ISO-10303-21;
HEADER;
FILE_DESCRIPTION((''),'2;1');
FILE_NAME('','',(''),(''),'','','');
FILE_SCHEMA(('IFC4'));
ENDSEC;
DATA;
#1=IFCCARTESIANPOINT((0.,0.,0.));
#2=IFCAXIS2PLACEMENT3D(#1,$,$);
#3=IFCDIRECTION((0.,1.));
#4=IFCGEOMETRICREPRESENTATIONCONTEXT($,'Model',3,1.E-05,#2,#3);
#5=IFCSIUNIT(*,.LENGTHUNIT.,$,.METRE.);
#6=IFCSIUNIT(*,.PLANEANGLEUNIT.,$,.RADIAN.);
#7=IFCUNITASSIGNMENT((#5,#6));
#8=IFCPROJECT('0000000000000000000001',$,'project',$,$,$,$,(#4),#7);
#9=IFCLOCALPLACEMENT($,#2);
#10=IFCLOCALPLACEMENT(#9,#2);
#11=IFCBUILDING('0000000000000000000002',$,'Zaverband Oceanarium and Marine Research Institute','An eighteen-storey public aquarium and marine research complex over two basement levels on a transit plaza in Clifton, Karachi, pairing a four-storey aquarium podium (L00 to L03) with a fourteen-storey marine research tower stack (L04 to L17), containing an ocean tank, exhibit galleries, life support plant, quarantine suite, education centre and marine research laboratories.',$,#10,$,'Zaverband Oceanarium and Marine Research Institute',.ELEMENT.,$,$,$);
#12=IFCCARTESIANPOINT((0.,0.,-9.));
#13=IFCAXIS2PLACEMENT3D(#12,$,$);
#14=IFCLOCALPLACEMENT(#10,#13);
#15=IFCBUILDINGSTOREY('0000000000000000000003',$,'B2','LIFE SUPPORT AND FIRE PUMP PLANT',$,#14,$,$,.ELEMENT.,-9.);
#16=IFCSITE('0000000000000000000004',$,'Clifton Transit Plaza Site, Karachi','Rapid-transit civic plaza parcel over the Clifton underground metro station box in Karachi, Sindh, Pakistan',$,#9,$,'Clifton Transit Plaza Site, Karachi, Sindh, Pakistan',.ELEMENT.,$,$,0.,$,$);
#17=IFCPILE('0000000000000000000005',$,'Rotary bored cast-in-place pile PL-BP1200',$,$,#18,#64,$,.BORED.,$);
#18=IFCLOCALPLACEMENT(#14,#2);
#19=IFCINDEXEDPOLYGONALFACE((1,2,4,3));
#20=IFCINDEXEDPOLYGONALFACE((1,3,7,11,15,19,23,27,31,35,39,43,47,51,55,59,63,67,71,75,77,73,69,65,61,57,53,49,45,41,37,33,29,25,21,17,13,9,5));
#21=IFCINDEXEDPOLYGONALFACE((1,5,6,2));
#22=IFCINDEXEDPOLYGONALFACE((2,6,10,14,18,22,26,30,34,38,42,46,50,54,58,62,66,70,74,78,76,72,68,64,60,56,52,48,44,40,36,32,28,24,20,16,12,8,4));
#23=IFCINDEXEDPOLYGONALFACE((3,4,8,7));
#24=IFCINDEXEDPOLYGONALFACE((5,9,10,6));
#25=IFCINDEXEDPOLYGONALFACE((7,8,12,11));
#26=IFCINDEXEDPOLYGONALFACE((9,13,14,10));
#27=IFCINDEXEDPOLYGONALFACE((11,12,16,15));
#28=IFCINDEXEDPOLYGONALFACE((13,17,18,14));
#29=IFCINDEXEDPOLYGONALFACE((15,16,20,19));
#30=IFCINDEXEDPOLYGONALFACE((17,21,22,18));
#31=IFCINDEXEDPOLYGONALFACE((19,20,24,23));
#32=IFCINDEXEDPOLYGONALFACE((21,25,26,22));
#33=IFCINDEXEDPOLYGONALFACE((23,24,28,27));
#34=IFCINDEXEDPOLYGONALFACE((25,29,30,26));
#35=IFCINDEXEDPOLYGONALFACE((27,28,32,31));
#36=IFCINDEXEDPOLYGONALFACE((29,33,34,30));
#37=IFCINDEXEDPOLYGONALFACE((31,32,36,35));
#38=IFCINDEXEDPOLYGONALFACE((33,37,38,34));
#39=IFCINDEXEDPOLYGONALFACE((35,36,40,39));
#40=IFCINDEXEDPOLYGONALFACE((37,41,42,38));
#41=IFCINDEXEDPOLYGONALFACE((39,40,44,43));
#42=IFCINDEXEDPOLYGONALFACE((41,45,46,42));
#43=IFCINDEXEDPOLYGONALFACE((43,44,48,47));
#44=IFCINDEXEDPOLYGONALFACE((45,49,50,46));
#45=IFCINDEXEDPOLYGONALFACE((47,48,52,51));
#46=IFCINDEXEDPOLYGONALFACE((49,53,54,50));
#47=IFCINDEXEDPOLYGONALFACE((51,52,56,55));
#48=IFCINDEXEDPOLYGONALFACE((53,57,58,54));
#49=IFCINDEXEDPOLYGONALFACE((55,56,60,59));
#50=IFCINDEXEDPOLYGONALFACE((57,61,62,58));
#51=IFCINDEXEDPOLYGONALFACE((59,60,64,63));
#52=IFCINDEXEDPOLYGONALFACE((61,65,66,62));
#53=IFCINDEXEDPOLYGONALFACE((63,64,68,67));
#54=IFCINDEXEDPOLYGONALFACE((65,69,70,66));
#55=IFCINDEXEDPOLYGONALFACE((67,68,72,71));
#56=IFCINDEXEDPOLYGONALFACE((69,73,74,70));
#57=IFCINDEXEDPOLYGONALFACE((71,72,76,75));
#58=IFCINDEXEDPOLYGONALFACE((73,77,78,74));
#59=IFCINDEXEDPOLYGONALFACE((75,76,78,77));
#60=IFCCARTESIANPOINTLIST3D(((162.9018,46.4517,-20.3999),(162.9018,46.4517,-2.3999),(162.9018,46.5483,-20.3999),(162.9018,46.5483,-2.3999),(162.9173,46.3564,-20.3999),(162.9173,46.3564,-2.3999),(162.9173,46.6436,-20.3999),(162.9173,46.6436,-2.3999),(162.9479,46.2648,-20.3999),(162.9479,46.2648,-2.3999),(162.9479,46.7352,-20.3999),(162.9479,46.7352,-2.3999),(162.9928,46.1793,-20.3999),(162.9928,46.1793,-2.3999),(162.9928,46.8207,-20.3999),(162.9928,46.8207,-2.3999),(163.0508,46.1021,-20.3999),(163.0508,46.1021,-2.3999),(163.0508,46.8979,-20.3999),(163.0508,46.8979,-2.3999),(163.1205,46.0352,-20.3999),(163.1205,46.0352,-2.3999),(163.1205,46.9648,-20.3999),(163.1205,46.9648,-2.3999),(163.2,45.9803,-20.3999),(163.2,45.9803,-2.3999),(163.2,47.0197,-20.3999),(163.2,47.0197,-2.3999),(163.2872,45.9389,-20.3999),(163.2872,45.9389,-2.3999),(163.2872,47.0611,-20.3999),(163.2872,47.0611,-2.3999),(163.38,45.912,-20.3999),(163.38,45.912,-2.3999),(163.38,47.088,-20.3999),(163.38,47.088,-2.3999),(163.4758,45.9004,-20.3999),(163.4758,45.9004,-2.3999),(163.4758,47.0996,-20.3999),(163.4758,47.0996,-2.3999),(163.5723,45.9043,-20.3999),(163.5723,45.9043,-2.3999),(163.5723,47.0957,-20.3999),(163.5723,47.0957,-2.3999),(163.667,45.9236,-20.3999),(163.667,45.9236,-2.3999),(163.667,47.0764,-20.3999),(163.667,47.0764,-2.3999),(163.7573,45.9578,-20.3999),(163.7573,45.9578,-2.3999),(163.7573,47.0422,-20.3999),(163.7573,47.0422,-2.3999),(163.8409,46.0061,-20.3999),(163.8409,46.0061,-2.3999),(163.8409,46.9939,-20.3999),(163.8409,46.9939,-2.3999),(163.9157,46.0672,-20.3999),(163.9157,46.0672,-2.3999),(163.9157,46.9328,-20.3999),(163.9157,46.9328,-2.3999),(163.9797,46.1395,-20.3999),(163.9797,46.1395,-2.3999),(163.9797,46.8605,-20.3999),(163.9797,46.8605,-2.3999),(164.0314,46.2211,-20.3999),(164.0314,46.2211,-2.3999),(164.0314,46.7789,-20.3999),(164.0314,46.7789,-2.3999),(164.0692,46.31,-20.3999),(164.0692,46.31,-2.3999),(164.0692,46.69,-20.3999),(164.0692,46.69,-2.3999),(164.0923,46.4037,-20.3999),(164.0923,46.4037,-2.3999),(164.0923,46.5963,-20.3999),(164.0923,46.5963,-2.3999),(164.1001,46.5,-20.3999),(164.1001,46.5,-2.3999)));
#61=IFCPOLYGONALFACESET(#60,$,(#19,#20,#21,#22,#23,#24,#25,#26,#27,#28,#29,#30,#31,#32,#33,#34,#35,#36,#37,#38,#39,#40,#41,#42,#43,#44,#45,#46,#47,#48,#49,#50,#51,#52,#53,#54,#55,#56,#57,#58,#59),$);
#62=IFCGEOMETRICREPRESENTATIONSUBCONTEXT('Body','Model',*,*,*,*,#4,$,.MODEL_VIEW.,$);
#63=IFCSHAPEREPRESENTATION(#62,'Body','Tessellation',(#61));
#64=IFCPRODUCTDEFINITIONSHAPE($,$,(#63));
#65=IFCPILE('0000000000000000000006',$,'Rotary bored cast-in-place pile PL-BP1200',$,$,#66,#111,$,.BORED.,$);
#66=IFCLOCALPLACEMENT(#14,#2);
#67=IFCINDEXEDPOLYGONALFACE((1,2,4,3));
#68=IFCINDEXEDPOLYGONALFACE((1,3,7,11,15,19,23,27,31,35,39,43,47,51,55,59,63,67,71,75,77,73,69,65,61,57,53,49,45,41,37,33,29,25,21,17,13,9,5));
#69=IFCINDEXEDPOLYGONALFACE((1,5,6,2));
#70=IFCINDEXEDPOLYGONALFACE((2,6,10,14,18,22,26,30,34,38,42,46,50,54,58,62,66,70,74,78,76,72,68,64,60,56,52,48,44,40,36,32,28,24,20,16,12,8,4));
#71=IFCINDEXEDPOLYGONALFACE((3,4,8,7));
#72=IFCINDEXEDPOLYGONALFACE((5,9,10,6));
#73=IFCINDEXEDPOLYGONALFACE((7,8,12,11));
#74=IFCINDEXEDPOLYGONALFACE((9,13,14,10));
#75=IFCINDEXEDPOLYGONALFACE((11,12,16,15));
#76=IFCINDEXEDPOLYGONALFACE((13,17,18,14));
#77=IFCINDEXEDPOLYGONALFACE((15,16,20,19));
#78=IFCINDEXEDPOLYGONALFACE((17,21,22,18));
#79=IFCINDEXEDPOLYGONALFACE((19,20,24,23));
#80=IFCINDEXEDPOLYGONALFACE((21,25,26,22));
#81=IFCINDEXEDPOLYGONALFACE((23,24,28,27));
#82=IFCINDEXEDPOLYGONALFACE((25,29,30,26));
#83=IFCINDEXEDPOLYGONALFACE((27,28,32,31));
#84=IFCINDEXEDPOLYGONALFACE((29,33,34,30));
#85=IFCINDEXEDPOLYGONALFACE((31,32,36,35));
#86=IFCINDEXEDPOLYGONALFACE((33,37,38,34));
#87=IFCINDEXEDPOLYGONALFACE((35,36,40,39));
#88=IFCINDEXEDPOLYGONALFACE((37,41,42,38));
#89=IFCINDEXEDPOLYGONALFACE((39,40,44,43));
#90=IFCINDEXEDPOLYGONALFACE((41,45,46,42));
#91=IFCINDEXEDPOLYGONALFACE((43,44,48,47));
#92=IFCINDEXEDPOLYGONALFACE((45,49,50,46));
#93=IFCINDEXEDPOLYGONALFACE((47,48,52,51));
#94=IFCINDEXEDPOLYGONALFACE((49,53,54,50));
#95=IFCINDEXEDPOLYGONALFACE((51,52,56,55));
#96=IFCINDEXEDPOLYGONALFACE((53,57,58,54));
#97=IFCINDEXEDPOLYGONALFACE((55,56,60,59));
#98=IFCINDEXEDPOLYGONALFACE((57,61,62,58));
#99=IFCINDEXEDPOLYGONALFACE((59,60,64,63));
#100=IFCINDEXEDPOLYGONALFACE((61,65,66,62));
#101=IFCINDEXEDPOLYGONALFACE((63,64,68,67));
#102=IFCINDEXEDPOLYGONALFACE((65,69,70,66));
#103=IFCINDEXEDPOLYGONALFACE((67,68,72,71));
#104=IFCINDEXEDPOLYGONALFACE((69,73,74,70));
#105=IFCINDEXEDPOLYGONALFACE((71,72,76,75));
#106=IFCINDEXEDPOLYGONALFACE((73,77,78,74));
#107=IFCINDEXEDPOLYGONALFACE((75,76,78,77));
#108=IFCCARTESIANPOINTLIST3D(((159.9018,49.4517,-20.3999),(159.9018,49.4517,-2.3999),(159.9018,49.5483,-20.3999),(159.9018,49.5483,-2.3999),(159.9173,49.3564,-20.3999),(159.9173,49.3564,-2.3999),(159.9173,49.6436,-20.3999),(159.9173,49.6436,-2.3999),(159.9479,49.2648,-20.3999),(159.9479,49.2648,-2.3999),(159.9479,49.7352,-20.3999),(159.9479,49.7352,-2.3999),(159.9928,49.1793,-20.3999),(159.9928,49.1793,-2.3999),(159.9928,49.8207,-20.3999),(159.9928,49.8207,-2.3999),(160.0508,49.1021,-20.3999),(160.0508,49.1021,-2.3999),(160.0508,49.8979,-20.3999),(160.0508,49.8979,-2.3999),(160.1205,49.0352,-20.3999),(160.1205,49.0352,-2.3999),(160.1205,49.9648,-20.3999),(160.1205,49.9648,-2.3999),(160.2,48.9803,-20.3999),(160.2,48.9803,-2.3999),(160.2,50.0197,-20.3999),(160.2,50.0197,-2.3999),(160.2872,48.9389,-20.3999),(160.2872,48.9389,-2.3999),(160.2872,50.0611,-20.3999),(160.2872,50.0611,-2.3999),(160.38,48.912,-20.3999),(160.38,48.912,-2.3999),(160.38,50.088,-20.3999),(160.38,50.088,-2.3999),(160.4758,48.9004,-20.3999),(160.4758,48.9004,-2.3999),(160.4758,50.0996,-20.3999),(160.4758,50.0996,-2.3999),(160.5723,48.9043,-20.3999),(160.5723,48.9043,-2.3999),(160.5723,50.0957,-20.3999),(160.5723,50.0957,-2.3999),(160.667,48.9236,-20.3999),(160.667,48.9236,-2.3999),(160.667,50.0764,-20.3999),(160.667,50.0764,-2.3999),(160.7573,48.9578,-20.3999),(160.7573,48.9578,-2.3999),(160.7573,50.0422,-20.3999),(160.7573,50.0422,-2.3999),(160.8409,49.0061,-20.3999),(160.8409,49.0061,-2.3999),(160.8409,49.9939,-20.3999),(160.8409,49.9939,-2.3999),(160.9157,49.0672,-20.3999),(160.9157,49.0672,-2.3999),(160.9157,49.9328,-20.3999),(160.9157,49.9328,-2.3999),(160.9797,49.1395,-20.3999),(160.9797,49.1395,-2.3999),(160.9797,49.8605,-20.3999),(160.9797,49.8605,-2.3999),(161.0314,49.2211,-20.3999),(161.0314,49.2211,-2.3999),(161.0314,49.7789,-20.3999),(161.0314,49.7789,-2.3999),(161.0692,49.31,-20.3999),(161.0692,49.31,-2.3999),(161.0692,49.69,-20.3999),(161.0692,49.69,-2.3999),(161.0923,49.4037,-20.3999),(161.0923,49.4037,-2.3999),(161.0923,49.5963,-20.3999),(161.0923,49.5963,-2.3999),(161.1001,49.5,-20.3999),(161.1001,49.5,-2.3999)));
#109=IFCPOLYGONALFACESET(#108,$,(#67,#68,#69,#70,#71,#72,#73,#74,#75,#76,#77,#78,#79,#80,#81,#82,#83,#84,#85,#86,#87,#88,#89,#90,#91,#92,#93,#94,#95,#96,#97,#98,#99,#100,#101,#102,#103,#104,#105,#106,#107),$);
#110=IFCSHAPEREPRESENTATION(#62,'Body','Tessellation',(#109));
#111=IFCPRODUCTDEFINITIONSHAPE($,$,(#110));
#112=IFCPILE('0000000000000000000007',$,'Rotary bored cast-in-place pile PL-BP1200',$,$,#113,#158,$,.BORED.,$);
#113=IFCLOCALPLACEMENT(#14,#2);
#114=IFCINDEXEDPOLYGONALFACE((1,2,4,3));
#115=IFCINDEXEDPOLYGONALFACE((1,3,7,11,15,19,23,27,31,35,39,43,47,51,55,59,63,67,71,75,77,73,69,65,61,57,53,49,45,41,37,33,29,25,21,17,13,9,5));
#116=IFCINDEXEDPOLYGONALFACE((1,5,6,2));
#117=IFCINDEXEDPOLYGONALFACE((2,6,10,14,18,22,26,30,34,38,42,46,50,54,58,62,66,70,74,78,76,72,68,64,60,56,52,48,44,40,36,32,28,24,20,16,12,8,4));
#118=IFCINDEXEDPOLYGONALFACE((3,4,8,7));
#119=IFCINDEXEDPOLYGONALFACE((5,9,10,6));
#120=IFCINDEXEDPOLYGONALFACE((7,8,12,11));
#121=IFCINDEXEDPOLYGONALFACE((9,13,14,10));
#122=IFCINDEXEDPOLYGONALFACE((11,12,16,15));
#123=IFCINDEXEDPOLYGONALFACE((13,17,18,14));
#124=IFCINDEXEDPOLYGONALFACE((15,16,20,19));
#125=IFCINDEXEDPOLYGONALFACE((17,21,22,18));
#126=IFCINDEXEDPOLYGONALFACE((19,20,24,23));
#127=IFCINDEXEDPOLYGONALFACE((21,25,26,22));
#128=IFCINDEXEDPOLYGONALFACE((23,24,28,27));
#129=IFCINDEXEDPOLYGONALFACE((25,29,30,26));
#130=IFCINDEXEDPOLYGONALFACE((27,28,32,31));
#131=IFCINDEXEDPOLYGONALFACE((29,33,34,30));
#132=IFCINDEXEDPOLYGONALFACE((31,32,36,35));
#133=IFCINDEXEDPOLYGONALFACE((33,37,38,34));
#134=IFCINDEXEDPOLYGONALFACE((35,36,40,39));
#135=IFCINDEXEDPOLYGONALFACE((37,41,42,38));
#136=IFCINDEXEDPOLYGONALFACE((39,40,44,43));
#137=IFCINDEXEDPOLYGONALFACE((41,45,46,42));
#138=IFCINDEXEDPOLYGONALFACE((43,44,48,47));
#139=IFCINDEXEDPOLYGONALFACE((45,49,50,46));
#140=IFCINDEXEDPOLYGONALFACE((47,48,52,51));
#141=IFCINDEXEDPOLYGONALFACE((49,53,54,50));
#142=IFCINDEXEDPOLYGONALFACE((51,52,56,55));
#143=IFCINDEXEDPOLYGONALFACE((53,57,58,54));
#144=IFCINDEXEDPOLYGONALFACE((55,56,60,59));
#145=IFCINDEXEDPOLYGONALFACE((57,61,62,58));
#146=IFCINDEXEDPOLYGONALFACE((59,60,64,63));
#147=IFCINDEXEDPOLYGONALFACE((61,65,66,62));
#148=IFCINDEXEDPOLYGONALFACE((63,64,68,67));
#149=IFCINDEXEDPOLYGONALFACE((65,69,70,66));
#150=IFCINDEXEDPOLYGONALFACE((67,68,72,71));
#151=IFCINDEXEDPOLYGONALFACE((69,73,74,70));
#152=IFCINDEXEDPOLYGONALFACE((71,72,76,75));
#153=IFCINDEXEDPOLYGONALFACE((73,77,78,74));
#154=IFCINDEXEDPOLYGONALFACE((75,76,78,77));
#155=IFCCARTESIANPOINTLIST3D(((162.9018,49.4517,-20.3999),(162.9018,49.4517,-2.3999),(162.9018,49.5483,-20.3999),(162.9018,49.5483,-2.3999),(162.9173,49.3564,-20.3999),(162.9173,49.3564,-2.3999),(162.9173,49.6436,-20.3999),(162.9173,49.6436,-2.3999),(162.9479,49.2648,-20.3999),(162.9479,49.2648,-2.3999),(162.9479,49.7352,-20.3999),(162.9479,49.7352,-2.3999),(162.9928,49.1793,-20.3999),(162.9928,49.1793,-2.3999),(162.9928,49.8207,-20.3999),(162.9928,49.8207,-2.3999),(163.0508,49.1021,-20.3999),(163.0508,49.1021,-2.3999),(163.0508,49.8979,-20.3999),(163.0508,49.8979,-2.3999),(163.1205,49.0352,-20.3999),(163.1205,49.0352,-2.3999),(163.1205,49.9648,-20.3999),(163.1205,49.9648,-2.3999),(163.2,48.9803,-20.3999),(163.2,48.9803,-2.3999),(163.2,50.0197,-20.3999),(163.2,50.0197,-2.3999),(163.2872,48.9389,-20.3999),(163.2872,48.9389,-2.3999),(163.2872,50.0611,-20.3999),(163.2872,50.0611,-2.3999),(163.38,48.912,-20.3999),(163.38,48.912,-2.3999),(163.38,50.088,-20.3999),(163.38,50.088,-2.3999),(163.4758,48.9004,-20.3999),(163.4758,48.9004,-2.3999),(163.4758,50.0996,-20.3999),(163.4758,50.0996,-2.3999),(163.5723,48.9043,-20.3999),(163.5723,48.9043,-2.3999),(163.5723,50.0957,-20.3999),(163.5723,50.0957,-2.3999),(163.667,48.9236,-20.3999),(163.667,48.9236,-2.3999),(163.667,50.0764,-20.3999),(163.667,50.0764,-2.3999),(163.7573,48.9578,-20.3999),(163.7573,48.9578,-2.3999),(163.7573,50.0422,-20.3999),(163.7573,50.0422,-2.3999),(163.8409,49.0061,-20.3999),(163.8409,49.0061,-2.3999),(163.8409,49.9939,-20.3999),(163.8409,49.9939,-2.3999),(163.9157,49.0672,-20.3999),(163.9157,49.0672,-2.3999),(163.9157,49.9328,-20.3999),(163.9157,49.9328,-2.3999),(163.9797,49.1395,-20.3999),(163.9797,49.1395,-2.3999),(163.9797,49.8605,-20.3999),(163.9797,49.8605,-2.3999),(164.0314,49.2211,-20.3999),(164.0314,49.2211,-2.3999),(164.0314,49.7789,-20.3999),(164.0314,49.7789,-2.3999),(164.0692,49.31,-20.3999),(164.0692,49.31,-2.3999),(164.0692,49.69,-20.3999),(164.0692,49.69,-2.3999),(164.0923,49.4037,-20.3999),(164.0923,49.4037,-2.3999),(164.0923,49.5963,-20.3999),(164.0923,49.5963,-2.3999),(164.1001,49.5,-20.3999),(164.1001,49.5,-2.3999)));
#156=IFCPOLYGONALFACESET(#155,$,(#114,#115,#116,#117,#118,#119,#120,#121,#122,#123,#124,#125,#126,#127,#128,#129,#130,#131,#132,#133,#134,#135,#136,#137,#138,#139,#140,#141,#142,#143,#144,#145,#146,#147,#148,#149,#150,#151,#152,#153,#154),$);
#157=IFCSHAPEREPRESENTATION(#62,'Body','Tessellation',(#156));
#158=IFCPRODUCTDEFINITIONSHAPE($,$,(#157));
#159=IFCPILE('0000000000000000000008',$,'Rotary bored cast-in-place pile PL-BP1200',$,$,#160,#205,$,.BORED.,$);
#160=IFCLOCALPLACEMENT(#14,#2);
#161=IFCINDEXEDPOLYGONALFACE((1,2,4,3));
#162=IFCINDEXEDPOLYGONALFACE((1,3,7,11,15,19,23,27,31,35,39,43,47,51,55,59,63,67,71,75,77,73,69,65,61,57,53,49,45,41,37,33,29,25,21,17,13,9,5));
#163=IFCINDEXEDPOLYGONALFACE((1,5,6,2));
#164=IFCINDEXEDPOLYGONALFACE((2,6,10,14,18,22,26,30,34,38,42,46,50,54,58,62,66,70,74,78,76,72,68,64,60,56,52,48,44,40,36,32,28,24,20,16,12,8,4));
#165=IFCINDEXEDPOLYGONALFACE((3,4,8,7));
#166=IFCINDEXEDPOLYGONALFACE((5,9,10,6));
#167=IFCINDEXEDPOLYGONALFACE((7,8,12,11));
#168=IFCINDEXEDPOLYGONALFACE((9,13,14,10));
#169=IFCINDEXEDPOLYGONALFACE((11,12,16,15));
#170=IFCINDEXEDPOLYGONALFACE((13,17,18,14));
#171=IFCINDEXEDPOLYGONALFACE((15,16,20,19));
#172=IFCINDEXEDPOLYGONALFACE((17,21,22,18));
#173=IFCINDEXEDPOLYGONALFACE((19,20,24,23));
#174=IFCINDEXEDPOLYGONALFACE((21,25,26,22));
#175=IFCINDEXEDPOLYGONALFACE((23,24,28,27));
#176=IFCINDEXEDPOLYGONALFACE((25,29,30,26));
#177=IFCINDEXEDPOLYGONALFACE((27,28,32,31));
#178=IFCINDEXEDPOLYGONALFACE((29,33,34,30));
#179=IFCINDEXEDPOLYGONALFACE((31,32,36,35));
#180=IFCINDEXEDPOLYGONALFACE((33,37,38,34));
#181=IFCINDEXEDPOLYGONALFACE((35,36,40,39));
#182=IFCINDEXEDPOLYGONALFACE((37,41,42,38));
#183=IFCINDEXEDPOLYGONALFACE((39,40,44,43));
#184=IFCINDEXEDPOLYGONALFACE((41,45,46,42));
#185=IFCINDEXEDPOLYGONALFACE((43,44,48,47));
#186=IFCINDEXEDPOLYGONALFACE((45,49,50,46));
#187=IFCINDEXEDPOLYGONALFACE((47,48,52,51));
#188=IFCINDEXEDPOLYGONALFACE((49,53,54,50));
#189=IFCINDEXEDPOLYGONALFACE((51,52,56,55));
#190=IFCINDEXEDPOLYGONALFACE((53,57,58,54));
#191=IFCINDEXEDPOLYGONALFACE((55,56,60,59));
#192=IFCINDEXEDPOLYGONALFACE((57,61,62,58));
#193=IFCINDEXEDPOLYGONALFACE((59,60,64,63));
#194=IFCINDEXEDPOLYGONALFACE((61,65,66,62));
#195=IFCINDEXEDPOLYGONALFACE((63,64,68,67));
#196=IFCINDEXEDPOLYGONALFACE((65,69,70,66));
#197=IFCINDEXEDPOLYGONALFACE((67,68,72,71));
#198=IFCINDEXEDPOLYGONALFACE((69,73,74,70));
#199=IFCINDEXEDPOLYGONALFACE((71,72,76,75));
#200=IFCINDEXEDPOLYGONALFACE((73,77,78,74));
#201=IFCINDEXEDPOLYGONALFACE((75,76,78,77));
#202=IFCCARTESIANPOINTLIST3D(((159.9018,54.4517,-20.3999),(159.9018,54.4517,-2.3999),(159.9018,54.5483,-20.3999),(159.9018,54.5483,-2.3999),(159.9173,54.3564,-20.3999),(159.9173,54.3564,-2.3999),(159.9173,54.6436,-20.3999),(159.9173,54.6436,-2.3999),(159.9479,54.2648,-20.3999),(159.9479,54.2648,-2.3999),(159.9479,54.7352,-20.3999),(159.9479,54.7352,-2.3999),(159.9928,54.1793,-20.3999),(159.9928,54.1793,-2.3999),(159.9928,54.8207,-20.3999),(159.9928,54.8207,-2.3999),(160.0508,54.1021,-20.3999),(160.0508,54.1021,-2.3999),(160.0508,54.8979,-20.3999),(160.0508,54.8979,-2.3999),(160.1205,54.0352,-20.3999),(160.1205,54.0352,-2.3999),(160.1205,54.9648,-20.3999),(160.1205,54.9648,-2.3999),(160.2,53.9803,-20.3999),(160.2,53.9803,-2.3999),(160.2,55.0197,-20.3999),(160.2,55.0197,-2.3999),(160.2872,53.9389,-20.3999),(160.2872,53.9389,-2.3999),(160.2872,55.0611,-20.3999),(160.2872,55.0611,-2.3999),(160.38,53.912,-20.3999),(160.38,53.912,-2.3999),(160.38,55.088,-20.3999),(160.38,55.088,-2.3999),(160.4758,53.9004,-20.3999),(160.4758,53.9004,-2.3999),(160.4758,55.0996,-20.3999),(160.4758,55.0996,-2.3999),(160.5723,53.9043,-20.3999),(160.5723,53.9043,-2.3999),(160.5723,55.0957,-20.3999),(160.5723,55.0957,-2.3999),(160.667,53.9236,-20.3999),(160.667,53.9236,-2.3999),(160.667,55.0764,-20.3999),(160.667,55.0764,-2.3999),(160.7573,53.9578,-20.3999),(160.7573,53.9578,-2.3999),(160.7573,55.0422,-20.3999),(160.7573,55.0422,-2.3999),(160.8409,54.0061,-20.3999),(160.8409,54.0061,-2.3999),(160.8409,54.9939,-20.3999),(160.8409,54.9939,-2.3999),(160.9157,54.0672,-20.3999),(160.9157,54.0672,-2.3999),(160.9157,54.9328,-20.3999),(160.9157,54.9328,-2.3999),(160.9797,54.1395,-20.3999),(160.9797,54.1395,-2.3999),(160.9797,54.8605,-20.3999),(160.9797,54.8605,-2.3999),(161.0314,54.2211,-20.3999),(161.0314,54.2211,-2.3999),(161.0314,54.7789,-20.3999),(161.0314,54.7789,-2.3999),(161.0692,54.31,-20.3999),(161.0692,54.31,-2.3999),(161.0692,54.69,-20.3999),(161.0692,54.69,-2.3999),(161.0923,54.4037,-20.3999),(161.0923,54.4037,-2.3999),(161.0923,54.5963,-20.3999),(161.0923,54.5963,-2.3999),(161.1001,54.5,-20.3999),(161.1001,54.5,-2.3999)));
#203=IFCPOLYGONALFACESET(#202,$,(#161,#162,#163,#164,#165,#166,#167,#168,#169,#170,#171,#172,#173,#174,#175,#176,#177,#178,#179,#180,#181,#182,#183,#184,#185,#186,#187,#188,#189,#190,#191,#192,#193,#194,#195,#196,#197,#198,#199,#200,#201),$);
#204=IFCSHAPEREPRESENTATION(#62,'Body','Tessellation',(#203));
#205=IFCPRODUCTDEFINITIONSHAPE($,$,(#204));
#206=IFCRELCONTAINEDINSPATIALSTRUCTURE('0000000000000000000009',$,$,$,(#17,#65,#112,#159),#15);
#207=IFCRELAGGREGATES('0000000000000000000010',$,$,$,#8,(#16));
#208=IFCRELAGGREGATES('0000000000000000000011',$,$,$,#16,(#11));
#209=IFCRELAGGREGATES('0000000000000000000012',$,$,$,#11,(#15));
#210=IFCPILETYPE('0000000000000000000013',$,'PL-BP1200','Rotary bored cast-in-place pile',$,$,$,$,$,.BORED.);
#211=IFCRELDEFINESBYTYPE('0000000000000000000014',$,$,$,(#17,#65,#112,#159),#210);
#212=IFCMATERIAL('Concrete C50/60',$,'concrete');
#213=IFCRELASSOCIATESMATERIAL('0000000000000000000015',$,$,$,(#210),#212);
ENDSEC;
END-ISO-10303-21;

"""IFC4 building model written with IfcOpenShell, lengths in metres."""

from ifc_helpers import new_model, si_unit, direction, frame, origin, origin_2d, place, context, subcontext, project, spatial, circle, extrude, material, material_profile, profile_set, type_object, element, save


model = new_model("IFC4")

# Units and contexts
model_context = context("Model", 3, precision=1e-05, world=origin(), true_north=direction((0.0, 1.0)))
body_context = subcontext(model_context, "Body", "Model", "MODEL_VIEW")
ifc_project = project(units=[si_unit("LENGTHUNIT", "METRE"), si_unit("PLANEANGLEUNIT", "RADIAN")], contexts=[model_context])

# Site, building, storey
site_placement = place(None, origin())
site = spatial("IfcSite", under=ifc_project, at=site_placement, Name="Clifton Transit Plaza Site, Karachi", Description="Rapid-transit civic plaza parcel over the Clifton underground metro station box in Karachi, Sindh, Pakistan", LongName="Clifton Transit Plaza Site, Karachi, Sindh, Pakistan", CompositionType="ELEMENT", RefElevation=0.0)
building_placement = place(site_placement, origin())
building = spatial("IfcBuilding", under=site, at=building_placement, Name="Zaverband Oceanarium and Marine Research Institute", Description="An eighteen-storey public aquarium and marine research complex over two basement levels on a transit plaza in Clifton, Karachi, pairing a four-storey aquarium podium (L00 to L03) with a fourteen-storey marine research tower stack (L04 to L17), containing an ocean tank, exhibit galleries, life support plant, quarantine suite, education centre and marine research laboratories.", LongName="Zaverband Oceanarium and Marine Research Institute", CompositionType="ELEMENT")
storey_placement = place(building_placement, frame((0.0, 0.0, -9.0)))
storey = spatial("IfcBuildingStorey", under=building, at=storey_placement, Name="B2", Description="LIFE SUPPORT AND FIRE PUMP PLANT", CompositionType="ELEMENT", Elevation=-9.0)

# Shared definitions
ifc_material_1 = material(Name="Concrete C50/60", Category="concrete")

# Piles
ifc_material_profile_1 = material_profile(ifc_material_1, circle(Radius=0.6001, at=origin_2d()), Name="BP1200")
ifc_profile_set_1 = profile_set([ifc_material_profile_1], Name="Concrete C50/60")
pile_type_1 = type_object("IfcPileType", Name="PL-BP1200", Description="Rotary bored cast-in-place pile", PredefinedType="BORED", material=ifc_profile_set_1)
for number, where, z_axis, x_axis, name in (
    (1, (163.5, 46.5, -2.3999), (0.0, 0.0, -1.0), (1.0, 0.0, 0.0), "Rotary bored cast-in-place pile PL-BP1200"),
    (2, (160.5, 49.5, -2.3999), (0.0, 0.0, -1.0), (1.0, 0.0, 0.0), "Rotary bored cast-in-place pile PL-BP1200"),
    (3, (163.5, 49.5, -2.3999), (0.0, 0.0, -1.0), (1.0, 0.0, 0.0), "Rotary bored cast-in-place pile PL-BP1200"),
    (4, (160.5, 54.5, -2.3999), (0.0, 0.0, -1.0), (1.0, 0.0, 0.0), "Rotary bored cast-in-place pile PL-BP1200"),
):
    element("IfcPile", number, at=place(storey_placement, frame(where, z_axis=z_axis, x_axis=x_axis)), inside=storey, type_object=pile_type_1, Name=name, PredefinedType="BORED", context=body_context, shape_type="SweptSolid", body=[
        extrude(circle(Radius=0.6001, at=origin_2d()), origin(), (0.0, 0.0, 1.0), 18.0),
    ])

save(model, "model.ifc")
